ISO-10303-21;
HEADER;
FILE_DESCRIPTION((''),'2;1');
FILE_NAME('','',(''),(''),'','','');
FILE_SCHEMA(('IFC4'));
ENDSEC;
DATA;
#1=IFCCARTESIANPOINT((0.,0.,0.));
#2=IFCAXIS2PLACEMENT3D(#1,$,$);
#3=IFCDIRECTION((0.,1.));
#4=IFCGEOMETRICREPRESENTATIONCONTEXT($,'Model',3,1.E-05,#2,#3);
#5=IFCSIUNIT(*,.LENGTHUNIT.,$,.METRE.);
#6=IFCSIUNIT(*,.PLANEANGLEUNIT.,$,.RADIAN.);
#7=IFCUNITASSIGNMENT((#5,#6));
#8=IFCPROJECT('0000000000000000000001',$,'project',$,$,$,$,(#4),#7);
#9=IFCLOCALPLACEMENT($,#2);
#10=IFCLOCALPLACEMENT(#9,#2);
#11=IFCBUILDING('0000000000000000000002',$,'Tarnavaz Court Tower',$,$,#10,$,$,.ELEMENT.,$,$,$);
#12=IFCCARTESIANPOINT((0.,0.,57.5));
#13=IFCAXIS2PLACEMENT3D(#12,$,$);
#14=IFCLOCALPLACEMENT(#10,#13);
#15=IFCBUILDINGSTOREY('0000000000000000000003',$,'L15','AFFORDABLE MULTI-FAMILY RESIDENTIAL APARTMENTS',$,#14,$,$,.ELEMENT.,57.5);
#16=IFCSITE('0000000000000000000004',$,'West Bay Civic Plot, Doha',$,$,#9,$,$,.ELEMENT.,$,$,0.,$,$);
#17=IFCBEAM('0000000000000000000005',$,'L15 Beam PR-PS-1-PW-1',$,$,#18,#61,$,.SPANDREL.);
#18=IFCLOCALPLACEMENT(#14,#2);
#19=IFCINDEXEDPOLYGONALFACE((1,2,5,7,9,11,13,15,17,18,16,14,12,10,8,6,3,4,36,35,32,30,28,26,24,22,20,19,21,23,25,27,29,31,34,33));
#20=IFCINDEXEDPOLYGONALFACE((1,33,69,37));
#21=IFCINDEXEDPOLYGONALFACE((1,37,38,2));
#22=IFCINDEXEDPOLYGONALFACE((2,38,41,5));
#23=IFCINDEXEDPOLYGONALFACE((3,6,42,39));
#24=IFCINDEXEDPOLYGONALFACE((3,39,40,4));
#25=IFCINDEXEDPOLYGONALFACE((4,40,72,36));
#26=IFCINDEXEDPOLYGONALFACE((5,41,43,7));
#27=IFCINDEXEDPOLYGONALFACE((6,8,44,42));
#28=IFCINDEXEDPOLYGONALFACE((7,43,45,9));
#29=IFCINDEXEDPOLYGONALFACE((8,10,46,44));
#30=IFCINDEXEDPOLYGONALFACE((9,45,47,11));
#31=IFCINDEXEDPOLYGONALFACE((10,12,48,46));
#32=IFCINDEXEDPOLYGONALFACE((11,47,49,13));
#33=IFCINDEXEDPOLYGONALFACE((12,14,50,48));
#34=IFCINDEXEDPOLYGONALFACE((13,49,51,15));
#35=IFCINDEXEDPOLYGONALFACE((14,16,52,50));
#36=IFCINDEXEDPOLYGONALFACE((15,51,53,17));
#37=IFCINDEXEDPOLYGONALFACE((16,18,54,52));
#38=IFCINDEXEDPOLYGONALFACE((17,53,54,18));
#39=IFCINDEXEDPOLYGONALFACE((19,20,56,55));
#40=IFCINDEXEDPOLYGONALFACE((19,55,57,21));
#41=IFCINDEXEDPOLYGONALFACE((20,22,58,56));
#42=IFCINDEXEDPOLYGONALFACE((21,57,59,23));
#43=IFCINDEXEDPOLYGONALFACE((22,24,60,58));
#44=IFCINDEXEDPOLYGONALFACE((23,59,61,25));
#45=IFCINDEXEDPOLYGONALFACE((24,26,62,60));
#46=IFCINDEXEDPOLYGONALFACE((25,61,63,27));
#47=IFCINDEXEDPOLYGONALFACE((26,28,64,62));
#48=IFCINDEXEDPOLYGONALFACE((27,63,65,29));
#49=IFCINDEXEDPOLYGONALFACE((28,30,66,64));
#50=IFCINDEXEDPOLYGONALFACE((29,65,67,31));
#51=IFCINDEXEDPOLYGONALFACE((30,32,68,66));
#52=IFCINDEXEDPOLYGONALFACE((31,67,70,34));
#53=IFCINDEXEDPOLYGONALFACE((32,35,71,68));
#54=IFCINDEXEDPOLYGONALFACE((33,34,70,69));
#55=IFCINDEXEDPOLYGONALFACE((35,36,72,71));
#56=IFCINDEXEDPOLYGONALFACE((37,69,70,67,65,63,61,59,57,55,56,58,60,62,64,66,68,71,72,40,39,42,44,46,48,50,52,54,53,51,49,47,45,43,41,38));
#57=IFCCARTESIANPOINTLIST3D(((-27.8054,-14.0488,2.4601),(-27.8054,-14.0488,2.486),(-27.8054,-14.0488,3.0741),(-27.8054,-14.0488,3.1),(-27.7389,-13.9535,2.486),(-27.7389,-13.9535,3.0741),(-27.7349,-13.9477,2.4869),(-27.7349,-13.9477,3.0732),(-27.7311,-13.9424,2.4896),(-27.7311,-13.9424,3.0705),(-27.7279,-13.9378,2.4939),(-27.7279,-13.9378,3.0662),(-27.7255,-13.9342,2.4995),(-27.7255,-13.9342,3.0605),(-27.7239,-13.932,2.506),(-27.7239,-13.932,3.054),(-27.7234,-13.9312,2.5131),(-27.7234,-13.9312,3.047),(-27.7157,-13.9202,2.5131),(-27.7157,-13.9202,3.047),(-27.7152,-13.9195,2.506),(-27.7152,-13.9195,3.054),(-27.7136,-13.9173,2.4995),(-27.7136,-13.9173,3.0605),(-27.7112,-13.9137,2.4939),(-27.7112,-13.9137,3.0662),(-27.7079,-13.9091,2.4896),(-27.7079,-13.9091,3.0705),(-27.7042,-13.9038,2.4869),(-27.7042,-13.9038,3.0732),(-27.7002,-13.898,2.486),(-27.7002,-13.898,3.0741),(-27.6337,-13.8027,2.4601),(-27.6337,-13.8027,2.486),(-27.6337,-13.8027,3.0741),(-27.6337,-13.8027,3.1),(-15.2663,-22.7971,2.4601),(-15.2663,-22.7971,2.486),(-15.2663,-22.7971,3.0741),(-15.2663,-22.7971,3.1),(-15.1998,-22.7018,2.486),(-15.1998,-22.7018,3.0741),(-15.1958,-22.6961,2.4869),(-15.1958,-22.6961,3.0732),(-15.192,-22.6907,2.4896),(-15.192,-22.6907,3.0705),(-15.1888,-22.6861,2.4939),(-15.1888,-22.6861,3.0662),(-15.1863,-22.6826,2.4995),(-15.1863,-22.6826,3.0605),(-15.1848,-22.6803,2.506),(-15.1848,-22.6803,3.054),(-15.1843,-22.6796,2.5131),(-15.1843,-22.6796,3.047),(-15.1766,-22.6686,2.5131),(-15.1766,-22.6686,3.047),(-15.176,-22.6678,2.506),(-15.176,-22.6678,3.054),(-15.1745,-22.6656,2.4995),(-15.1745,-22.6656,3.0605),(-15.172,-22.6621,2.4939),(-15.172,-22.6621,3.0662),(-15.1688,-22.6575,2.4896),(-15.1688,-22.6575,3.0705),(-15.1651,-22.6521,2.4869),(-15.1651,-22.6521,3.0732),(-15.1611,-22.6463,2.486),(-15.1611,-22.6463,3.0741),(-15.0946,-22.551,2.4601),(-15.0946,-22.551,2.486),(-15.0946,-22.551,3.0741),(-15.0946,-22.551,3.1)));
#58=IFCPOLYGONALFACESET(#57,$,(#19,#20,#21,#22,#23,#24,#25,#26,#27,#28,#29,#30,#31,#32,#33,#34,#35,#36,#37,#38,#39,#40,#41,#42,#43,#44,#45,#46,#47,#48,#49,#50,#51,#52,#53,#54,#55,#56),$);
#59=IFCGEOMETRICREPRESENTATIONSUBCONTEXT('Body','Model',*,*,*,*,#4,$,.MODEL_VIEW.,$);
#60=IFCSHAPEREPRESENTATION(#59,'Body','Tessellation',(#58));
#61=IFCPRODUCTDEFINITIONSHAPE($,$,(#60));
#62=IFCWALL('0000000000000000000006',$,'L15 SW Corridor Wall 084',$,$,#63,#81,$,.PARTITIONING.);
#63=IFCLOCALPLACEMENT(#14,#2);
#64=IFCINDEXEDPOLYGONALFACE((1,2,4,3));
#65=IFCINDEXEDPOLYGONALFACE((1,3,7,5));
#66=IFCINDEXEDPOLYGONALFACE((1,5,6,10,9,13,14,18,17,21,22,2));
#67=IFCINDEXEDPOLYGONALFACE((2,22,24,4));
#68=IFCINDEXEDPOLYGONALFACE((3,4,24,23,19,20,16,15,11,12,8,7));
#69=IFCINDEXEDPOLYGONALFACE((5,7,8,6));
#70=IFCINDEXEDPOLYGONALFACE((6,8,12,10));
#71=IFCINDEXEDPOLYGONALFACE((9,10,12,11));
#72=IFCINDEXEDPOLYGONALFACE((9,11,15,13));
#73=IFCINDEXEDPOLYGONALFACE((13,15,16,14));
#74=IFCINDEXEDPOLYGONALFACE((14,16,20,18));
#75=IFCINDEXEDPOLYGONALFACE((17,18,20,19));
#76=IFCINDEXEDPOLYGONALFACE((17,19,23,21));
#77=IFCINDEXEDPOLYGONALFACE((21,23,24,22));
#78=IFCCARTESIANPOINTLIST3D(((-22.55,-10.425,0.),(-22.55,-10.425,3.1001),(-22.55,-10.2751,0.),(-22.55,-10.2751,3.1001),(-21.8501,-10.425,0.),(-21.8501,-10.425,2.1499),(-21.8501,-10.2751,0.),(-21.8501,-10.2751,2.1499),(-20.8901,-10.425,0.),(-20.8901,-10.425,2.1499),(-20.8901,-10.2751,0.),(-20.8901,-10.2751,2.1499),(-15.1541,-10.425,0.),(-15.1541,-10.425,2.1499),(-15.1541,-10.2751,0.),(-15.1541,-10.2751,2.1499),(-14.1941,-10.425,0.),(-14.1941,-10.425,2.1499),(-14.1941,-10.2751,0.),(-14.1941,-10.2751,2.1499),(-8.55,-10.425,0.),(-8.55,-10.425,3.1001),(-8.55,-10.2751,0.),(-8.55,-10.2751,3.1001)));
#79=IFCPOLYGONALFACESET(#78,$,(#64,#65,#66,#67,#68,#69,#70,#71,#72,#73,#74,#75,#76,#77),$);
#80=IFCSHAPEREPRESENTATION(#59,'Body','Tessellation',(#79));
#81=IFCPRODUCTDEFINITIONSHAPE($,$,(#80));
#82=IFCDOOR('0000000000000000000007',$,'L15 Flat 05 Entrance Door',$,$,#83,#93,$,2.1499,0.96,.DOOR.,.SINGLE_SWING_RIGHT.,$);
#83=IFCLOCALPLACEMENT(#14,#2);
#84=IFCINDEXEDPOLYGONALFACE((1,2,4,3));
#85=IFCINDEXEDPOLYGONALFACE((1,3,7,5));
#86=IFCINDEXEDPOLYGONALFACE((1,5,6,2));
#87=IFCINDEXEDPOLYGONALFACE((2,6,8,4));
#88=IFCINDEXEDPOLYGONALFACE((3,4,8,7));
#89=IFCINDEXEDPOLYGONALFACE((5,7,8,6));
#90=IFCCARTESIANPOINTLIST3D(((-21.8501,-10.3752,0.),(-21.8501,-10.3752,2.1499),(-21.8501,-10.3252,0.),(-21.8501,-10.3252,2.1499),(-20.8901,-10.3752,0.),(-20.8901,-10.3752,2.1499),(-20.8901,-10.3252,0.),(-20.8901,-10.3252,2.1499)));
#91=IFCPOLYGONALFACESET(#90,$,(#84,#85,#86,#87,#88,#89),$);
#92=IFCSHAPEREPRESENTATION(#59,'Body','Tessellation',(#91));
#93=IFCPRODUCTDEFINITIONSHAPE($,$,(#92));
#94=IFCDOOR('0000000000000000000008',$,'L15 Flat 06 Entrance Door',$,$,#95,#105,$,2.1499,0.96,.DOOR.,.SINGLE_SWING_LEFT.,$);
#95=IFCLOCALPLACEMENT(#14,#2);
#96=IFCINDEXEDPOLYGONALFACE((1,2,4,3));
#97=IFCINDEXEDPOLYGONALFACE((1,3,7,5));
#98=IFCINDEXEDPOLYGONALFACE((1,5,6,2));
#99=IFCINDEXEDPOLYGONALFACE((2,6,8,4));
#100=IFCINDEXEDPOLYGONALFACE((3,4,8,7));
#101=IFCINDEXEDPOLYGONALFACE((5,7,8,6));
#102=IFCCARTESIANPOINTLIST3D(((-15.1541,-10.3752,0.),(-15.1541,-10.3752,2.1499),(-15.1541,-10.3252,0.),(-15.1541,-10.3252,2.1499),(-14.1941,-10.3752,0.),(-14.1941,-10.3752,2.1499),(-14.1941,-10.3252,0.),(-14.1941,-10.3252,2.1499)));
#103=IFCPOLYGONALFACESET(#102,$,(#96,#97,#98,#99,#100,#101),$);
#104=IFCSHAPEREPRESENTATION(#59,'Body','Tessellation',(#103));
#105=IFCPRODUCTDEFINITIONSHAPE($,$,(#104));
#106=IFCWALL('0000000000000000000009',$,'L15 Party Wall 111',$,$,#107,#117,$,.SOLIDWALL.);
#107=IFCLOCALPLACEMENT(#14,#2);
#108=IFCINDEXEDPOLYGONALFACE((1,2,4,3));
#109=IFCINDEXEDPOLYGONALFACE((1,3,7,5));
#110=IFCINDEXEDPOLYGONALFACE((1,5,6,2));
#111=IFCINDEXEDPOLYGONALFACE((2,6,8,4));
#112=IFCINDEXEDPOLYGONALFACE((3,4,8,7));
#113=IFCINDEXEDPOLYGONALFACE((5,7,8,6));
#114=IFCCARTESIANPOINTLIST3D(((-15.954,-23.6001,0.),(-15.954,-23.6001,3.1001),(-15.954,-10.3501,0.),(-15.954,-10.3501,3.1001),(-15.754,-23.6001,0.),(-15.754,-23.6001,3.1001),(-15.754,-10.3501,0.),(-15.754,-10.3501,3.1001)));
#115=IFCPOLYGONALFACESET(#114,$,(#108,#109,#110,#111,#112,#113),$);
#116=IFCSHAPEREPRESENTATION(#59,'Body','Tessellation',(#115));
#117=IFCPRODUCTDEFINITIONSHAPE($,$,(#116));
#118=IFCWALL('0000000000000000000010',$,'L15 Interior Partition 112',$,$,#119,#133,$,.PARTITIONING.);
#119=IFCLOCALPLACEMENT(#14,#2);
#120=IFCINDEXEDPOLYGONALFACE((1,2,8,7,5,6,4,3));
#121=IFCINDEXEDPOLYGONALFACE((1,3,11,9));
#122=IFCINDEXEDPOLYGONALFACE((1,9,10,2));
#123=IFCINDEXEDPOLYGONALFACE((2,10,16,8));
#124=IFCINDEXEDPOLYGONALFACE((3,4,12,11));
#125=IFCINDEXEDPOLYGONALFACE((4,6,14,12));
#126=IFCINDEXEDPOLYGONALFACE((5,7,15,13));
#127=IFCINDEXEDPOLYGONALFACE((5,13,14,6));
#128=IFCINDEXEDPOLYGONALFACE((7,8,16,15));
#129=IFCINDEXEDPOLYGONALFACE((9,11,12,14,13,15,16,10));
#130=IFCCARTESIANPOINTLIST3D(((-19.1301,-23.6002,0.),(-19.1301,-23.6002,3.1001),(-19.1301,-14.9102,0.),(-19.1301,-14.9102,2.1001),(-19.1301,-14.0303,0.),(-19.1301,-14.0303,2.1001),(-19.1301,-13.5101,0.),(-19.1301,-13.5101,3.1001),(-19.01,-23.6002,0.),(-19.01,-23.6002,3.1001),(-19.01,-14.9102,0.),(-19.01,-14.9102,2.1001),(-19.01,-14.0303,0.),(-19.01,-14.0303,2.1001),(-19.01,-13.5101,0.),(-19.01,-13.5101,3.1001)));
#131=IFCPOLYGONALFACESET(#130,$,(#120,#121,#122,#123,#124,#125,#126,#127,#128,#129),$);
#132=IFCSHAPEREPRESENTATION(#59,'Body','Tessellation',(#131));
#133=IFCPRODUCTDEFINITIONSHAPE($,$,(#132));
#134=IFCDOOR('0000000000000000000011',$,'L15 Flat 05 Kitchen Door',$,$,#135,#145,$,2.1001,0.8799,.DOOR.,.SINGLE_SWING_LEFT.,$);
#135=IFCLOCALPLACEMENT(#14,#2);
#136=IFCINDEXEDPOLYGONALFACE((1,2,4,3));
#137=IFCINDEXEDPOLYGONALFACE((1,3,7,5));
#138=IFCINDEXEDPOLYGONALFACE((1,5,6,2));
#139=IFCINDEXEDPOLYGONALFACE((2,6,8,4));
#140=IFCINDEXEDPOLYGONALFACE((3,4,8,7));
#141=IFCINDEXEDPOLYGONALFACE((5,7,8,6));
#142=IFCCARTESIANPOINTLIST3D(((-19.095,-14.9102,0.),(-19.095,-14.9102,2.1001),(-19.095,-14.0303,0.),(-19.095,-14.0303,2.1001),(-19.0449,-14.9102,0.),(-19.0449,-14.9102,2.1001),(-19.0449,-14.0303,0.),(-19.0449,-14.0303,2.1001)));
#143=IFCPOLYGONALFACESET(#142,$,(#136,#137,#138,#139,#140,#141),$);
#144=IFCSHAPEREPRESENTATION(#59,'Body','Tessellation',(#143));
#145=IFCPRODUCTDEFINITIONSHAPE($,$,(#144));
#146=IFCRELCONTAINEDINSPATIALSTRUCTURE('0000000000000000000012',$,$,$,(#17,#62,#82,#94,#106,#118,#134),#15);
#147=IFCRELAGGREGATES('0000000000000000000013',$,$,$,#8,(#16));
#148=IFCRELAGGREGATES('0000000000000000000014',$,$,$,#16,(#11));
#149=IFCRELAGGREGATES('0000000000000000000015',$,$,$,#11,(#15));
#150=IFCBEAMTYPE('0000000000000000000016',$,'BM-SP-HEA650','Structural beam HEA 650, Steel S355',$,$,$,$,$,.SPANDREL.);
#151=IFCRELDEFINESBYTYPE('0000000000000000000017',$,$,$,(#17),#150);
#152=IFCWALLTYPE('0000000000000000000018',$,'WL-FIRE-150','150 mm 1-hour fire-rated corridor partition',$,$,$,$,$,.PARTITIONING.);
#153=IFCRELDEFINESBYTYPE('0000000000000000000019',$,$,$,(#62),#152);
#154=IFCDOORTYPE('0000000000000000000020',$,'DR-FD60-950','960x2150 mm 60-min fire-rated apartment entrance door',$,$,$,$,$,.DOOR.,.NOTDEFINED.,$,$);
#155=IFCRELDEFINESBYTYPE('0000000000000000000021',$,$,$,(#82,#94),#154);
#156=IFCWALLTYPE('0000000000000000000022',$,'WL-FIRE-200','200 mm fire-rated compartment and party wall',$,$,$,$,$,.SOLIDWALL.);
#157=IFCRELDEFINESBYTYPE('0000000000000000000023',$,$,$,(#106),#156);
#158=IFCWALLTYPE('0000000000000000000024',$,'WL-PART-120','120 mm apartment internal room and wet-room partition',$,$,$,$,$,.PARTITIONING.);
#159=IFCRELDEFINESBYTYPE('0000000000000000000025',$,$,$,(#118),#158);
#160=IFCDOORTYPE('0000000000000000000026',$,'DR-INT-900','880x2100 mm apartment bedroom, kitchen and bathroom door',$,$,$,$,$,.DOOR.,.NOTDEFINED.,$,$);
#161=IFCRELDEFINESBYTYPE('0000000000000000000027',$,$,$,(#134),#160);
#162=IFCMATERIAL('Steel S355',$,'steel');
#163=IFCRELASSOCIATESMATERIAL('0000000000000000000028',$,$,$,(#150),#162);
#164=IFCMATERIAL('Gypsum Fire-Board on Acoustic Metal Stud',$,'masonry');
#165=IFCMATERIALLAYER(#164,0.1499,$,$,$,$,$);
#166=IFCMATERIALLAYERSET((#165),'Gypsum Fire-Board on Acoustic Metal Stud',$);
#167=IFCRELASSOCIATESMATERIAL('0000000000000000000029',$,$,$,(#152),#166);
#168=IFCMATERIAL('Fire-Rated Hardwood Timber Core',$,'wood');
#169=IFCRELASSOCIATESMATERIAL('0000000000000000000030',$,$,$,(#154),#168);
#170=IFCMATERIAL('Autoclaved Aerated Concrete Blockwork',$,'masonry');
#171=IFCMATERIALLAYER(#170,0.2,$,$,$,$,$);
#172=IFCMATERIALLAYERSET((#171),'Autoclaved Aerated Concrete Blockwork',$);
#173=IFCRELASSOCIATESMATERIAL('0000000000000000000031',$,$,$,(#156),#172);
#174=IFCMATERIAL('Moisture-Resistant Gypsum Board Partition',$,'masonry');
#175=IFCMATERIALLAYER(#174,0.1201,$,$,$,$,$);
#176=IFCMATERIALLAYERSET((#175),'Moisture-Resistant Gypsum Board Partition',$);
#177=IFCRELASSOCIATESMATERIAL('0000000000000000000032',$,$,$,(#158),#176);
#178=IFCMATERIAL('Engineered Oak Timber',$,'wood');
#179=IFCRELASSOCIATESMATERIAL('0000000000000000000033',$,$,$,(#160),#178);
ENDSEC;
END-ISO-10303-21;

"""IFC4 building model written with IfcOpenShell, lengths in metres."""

from ifc_helpers import new_model, si_unit, direction, frame, frame_2d, origin, origin_2d, place, context, subcontext, project, spatial, rectangle, i_section, extrude, material, layer, layer_set, material_profile, profile_set, type_object, element, fill, save


model = new_model("IFC4")

# Units and contexts
model_context = context("Model", 3, precision=1e-05, world=origin(), true_north=direction((0.0, 1.0)))
body_context = subcontext(model_context, "Body", "Model", "MODEL_VIEW")
ifc_project = project(units=[si_unit("LENGTHUNIT", "METRE"), si_unit("PLANEANGLEUNIT", "RADIAN")], contexts=[model_context])

# Site, building, storey
site_placement = place(None, origin())
site = spatial("IfcSite", under=ifc_project, at=site_placement, Name="West Bay Civic Plot, Doha", CompositionType="ELEMENT", RefElevation=0.0)
building_placement = place(site_placement, origin())
building = spatial("IfcBuilding", under=site, at=building_placement, Name="Tarnavaz Court Tower", CompositionType="ELEMENT")
storey_placement = place(building_placement, frame((0.0, 0.0, 57.5)))
storey = spatial("IfcBuildingStorey", under=building, at=storey_placement, Name="L15", Description="AFFORDABLE MULTI-FAMILY RESIDENTIAL APARTMENTS", CompositionType="ELEMENT", Elevation=57.5)

# Beam
ifc_material_1 = material(Name="Steel S355", Category="steel")
ifc_material_profile_1 = material_profile(ifc_material_1, i_section(OverallWidth=0.3, OverallDepth=0.6399, WebThickness=0.0134, FlangeThickness=0.0259, FilletRadius=0.0271, at=origin_2d()), Name="HEA 650")
ifc_profile_set_1 = profile_set([ifc_material_profile_1], Name="Steel S355")
beam_type_1 = type_object("IfcBeamType", Name="BM-SP-HEA650", Description="Structural beam HEA 650, Steel S355", PredefinedType="SPANDREL", material=ifc_profile_set_1)
beam_placement = place(storey_placement, frame((-15.1804, -22.6741, 2.78), z_axis=(-0.820124, 0.572186, 0.0), x_axis=(-0.572186, -0.820124, 0.0)))
element("IfcBeam", 1, at=beam_placement, inside=storey, type_object=beam_type_1, Name="L15 Beam PR-PS-1-PW-1", PredefinedType="SPANDREL", context=body_context, shape_type="SweptSolid", body=[
    extrude(i_section(OverallWidth=0.3, OverallDepth=0.6399, WebThickness=0.0134, FlangeThickness=0.0259, FilletRadius=0.0271, at=origin_2d()), origin(), (0.0, 0.0, 1.0), 15.2893),
])

# Wall, openings, doors
ifc_material_2 = material(Name="Gypsum Fire-Board on Acoustic Metal Stud", Category="masonry")
ifc_layer_1 = layer(ifc_material_2, 0.1499)
ifc_layer_set_1 = layer_set([ifc_layer_1], Name="Gypsum Fire-Board on Acoustic Metal Stud")
wall_type_1 = type_object("IfcWallType", Name="WL-FIRE-150", Description="150 mm 1-hour fire-rated corridor partition", PredefinedType="PARTITIONING", material=ifc_layer_set_1)
wall_1_placement = place(storey_placement, frame((-22.55, -10.3501, 0.0), z_axis=(0.0, 0.0, 1.0), x_axis=(1.0, 0.0, 0.0)))
wall_1 = element("IfcWall", 2, at=wall_1_placement, inside=storey, type_object=wall_type_1, Name="L15 SW Corridor Wall 084", PredefinedType="PARTITIONING", context=body_context, shape_type="SweptSolid", body=[
    extrude(rectangle(XDim=14.0, YDim=0.1499, at=frame_2d((7.0, 0.0))), origin(), (0.0, 0.0, 1.0), 3.1001),
])
opening_1_placement = place(wall_1_placement, frame((0.7, 0.0, 0.0)))
opening_1 = element("IfcOpeningElement", 3, at=opening_1_placement, cuts=wall_1, PredefinedType="OPENING", context=body_context, shape_type="SweptSolid", body=[
    extrude(rectangle(XDim=0.96, YDim=2.1499, at=frame_2d((0.48, 1.075))), frame((0.0, 0.085, 0.0), z_axis=(0.0, -1.0, 0.0), x_axis=(1.0, 0.0, 0.0)), (0.0, 0.0, 1.0), 0.1699),
])
opening_2_placement = place(wall_1_placement, frame((7.396, 0.0, 0.0)))
opening_2 = element("IfcOpeningElement", 4, at=opening_2_placement, cuts=wall_1, PredefinedType="OPENING", context=body_context, shape_type="SweptSolid", body=[
    extrude(rectangle(XDim=0.96, YDim=2.1499, at=frame_2d((0.48, 1.075))), frame((0.0, 0.085, 0.0), z_axis=(0.0, -1.0, 0.0), x_axis=(1.0, 0.0, 0.0)), (0.0, 0.0, 1.0), 0.1699),
])
ifc_material_3 = material(Name="Fire-Rated Hardwood Timber Core", Category="wood")
door_type_1 = type_object("IfcDoorType", Name="DR-FD60-950", Description="960x2150 mm 60-min fire-rated apartment entrance door", OperationType="NOTDEFINED", PredefinedType="DOOR", material=ifc_material_3)
door_1_placement = place(opening_1_placement, origin())
door_1 = element("IfcDoor", 5, at=door_1_placement, inside=storey, type_object=door_type_1, Name="L15 Flat 05 Entrance Door", OperationType="SINGLE_SWING_RIGHT", OverallHeight=2.1499, OverallWidth=0.96, PredefinedType="DOOR", context=body_context, shape_type="SweptSolid", body=[
    extrude(rectangle(XDim=0.96, YDim=2.1499, at=frame_2d((0.48, 1.075))), frame((0.0, 0.0249, 0.0), z_axis=(0.0, -1.0, 0.0), x_axis=(1.0, 0.0, 0.0)), (0.0, 0.0, 1.0), 0.05),
])
fill(opening_1, door_1)
door_2_placement = place(opening_2_placement, origin())
door_2 = element("IfcDoor", 6, at=door_2_placement, inside=storey, type_object=door_type_1, Name="L15 Flat 06 Entrance Door", OperationType="SINGLE_SWING_LEFT", OverallHeight=2.1499, OverallWidth=0.96, PredefinedType="DOOR", context=body_context, shape_type="SweptSolid", body=[
    extrude(rectangle(XDim=0.96, YDim=2.1499, at=frame_2d((0.48, 1.075))), frame((0.0, 0.0249, 0.0), z_axis=(0.0, -1.0, 0.0), x_axis=(1.0, 0.0, 0.0)), (0.0, 0.0, 1.0), 0.05),
])
fill(opening_2, door_2)

# Wall
ifc_material_4 = material(Name="Autoclaved Aerated Concrete Blockwork", Category="masonry")
ifc_layer_2 = layer(ifc_material_4, 0.2)
ifc_layer_set_2 = layer_set([ifc_layer_2], Name="Autoclaved Aerated Concrete Blockwork")
wall_type_2 = type_object("IfcWallType", Name="WL-FIRE-200", Description="200 mm fire-rated compartment and party wall", PredefinedType="SOLIDWALL", material=ifc_layer_set_2)
wall_2_placement = place(storey_placement, frame((-15.854, -23.6001, 0.0), z_axis=(0.0, 0.0, 1.0), x_axis=(0.0, 1.0, 0.0)))
element("IfcWall", 7, at=wall_2_placement, inside=storey, type_object=wall_type_2, Name="L15 Party Wall 111", PredefinedType="SOLIDWALL", context=body_context, shape_type="SweptSolid", body=[
    extrude(rectangle(XDim=13.25, YDim=0.2, at=frame_2d((6.625, 0.0))), origin(), (0.0, 0.0, 1.0), 3.1001),
])

# Wall, opening, door
ifc_material_5 = material(Name="Moisture-Resistant Gypsum Board Partition", Category="masonry")
ifc_layer_3 = layer(ifc_material_5, 0.1201)
ifc_layer_set_3 = layer_set([ifc_layer_3], Name="Moisture-Resistant Gypsum Board Partition")
wall_type_3 = type_object("IfcWallType", Name="WL-PART-120", Description="120 mm apartment internal room and wet-room partition", PredefinedType="PARTITIONING", material=ifc_layer_set_3)
wall_3_placement = place(storey_placement, frame((-19.0701, -23.6001, 0.0), z_axis=(0.0, 0.0, 1.0), x_axis=(0.0, 1.0, 0.0)))
wall_3 = element("IfcWall", 8, at=wall_3_placement, inside=storey, type_object=wall_type_3, Name="L15 Interior Partition 112", PredefinedType="PARTITIONING", context=body_context, shape_type="SweptSolid", body=[
    extrude(rectangle(XDim=10.0901, YDim=0.1201, at=frame_2d((5.0449, 0.0))), origin(), (0.0, 0.0, 1.0), 3.1001),
])
opening_3_placement = place(wall_3_placement, frame((8.6899, 0.0, 0.0)))
opening_3 = element("IfcOpeningElement", 9, at=opening_3_placement, cuts=wall_3, PredefinedType="OPENING", context=body_context, shape_type="SweptSolid", body=[
    extrude(rectangle(XDim=0.8799, YDim=2.1001, at=frame_2d((0.4399, 1.05))), frame((0.0, 0.0701, 0.0), z_axis=(0.0, -1.0, 0.0), x_axis=(1.0, 0.0, 0.0)), (0.0, 0.0, 1.0), 0.1401),
])
ifc_material_6 = material(Name="Engineered Oak Timber", Category="wood")
door_type_2 = type_object("IfcDoorType", Name="DR-INT-900", Description="880x2100 mm apartment bedroom, kitchen and bathroom door", OperationType="NOTDEFINED", PredefinedType="DOOR", material=ifc_material_6)
door_3_placement = place(opening_3_placement, origin())
door_3 = element("IfcDoor", 10, at=door_3_placement, inside=storey, type_object=door_type_2, Name="L15 Flat 05 Kitchen Door", OperationType="SINGLE_SWING_LEFT", OverallHeight=2.1001, OverallWidth=0.8799, PredefinedType="DOOR", context=body_context, shape_type="SweptSolid", body=[
    extrude(rectangle(XDim=0.8799, YDim=2.1001, at=frame_2d((0.4399, 1.05))), frame((0.0, 0.0249, 0.0), z_axis=(0.0, -1.0, 0.0), x_axis=(1.0, 0.0, 0.0)), (0.0, 0.0, 1.0), 0.05),
])
fill(opening_3, door_3)

save(model, "model.ifc")
